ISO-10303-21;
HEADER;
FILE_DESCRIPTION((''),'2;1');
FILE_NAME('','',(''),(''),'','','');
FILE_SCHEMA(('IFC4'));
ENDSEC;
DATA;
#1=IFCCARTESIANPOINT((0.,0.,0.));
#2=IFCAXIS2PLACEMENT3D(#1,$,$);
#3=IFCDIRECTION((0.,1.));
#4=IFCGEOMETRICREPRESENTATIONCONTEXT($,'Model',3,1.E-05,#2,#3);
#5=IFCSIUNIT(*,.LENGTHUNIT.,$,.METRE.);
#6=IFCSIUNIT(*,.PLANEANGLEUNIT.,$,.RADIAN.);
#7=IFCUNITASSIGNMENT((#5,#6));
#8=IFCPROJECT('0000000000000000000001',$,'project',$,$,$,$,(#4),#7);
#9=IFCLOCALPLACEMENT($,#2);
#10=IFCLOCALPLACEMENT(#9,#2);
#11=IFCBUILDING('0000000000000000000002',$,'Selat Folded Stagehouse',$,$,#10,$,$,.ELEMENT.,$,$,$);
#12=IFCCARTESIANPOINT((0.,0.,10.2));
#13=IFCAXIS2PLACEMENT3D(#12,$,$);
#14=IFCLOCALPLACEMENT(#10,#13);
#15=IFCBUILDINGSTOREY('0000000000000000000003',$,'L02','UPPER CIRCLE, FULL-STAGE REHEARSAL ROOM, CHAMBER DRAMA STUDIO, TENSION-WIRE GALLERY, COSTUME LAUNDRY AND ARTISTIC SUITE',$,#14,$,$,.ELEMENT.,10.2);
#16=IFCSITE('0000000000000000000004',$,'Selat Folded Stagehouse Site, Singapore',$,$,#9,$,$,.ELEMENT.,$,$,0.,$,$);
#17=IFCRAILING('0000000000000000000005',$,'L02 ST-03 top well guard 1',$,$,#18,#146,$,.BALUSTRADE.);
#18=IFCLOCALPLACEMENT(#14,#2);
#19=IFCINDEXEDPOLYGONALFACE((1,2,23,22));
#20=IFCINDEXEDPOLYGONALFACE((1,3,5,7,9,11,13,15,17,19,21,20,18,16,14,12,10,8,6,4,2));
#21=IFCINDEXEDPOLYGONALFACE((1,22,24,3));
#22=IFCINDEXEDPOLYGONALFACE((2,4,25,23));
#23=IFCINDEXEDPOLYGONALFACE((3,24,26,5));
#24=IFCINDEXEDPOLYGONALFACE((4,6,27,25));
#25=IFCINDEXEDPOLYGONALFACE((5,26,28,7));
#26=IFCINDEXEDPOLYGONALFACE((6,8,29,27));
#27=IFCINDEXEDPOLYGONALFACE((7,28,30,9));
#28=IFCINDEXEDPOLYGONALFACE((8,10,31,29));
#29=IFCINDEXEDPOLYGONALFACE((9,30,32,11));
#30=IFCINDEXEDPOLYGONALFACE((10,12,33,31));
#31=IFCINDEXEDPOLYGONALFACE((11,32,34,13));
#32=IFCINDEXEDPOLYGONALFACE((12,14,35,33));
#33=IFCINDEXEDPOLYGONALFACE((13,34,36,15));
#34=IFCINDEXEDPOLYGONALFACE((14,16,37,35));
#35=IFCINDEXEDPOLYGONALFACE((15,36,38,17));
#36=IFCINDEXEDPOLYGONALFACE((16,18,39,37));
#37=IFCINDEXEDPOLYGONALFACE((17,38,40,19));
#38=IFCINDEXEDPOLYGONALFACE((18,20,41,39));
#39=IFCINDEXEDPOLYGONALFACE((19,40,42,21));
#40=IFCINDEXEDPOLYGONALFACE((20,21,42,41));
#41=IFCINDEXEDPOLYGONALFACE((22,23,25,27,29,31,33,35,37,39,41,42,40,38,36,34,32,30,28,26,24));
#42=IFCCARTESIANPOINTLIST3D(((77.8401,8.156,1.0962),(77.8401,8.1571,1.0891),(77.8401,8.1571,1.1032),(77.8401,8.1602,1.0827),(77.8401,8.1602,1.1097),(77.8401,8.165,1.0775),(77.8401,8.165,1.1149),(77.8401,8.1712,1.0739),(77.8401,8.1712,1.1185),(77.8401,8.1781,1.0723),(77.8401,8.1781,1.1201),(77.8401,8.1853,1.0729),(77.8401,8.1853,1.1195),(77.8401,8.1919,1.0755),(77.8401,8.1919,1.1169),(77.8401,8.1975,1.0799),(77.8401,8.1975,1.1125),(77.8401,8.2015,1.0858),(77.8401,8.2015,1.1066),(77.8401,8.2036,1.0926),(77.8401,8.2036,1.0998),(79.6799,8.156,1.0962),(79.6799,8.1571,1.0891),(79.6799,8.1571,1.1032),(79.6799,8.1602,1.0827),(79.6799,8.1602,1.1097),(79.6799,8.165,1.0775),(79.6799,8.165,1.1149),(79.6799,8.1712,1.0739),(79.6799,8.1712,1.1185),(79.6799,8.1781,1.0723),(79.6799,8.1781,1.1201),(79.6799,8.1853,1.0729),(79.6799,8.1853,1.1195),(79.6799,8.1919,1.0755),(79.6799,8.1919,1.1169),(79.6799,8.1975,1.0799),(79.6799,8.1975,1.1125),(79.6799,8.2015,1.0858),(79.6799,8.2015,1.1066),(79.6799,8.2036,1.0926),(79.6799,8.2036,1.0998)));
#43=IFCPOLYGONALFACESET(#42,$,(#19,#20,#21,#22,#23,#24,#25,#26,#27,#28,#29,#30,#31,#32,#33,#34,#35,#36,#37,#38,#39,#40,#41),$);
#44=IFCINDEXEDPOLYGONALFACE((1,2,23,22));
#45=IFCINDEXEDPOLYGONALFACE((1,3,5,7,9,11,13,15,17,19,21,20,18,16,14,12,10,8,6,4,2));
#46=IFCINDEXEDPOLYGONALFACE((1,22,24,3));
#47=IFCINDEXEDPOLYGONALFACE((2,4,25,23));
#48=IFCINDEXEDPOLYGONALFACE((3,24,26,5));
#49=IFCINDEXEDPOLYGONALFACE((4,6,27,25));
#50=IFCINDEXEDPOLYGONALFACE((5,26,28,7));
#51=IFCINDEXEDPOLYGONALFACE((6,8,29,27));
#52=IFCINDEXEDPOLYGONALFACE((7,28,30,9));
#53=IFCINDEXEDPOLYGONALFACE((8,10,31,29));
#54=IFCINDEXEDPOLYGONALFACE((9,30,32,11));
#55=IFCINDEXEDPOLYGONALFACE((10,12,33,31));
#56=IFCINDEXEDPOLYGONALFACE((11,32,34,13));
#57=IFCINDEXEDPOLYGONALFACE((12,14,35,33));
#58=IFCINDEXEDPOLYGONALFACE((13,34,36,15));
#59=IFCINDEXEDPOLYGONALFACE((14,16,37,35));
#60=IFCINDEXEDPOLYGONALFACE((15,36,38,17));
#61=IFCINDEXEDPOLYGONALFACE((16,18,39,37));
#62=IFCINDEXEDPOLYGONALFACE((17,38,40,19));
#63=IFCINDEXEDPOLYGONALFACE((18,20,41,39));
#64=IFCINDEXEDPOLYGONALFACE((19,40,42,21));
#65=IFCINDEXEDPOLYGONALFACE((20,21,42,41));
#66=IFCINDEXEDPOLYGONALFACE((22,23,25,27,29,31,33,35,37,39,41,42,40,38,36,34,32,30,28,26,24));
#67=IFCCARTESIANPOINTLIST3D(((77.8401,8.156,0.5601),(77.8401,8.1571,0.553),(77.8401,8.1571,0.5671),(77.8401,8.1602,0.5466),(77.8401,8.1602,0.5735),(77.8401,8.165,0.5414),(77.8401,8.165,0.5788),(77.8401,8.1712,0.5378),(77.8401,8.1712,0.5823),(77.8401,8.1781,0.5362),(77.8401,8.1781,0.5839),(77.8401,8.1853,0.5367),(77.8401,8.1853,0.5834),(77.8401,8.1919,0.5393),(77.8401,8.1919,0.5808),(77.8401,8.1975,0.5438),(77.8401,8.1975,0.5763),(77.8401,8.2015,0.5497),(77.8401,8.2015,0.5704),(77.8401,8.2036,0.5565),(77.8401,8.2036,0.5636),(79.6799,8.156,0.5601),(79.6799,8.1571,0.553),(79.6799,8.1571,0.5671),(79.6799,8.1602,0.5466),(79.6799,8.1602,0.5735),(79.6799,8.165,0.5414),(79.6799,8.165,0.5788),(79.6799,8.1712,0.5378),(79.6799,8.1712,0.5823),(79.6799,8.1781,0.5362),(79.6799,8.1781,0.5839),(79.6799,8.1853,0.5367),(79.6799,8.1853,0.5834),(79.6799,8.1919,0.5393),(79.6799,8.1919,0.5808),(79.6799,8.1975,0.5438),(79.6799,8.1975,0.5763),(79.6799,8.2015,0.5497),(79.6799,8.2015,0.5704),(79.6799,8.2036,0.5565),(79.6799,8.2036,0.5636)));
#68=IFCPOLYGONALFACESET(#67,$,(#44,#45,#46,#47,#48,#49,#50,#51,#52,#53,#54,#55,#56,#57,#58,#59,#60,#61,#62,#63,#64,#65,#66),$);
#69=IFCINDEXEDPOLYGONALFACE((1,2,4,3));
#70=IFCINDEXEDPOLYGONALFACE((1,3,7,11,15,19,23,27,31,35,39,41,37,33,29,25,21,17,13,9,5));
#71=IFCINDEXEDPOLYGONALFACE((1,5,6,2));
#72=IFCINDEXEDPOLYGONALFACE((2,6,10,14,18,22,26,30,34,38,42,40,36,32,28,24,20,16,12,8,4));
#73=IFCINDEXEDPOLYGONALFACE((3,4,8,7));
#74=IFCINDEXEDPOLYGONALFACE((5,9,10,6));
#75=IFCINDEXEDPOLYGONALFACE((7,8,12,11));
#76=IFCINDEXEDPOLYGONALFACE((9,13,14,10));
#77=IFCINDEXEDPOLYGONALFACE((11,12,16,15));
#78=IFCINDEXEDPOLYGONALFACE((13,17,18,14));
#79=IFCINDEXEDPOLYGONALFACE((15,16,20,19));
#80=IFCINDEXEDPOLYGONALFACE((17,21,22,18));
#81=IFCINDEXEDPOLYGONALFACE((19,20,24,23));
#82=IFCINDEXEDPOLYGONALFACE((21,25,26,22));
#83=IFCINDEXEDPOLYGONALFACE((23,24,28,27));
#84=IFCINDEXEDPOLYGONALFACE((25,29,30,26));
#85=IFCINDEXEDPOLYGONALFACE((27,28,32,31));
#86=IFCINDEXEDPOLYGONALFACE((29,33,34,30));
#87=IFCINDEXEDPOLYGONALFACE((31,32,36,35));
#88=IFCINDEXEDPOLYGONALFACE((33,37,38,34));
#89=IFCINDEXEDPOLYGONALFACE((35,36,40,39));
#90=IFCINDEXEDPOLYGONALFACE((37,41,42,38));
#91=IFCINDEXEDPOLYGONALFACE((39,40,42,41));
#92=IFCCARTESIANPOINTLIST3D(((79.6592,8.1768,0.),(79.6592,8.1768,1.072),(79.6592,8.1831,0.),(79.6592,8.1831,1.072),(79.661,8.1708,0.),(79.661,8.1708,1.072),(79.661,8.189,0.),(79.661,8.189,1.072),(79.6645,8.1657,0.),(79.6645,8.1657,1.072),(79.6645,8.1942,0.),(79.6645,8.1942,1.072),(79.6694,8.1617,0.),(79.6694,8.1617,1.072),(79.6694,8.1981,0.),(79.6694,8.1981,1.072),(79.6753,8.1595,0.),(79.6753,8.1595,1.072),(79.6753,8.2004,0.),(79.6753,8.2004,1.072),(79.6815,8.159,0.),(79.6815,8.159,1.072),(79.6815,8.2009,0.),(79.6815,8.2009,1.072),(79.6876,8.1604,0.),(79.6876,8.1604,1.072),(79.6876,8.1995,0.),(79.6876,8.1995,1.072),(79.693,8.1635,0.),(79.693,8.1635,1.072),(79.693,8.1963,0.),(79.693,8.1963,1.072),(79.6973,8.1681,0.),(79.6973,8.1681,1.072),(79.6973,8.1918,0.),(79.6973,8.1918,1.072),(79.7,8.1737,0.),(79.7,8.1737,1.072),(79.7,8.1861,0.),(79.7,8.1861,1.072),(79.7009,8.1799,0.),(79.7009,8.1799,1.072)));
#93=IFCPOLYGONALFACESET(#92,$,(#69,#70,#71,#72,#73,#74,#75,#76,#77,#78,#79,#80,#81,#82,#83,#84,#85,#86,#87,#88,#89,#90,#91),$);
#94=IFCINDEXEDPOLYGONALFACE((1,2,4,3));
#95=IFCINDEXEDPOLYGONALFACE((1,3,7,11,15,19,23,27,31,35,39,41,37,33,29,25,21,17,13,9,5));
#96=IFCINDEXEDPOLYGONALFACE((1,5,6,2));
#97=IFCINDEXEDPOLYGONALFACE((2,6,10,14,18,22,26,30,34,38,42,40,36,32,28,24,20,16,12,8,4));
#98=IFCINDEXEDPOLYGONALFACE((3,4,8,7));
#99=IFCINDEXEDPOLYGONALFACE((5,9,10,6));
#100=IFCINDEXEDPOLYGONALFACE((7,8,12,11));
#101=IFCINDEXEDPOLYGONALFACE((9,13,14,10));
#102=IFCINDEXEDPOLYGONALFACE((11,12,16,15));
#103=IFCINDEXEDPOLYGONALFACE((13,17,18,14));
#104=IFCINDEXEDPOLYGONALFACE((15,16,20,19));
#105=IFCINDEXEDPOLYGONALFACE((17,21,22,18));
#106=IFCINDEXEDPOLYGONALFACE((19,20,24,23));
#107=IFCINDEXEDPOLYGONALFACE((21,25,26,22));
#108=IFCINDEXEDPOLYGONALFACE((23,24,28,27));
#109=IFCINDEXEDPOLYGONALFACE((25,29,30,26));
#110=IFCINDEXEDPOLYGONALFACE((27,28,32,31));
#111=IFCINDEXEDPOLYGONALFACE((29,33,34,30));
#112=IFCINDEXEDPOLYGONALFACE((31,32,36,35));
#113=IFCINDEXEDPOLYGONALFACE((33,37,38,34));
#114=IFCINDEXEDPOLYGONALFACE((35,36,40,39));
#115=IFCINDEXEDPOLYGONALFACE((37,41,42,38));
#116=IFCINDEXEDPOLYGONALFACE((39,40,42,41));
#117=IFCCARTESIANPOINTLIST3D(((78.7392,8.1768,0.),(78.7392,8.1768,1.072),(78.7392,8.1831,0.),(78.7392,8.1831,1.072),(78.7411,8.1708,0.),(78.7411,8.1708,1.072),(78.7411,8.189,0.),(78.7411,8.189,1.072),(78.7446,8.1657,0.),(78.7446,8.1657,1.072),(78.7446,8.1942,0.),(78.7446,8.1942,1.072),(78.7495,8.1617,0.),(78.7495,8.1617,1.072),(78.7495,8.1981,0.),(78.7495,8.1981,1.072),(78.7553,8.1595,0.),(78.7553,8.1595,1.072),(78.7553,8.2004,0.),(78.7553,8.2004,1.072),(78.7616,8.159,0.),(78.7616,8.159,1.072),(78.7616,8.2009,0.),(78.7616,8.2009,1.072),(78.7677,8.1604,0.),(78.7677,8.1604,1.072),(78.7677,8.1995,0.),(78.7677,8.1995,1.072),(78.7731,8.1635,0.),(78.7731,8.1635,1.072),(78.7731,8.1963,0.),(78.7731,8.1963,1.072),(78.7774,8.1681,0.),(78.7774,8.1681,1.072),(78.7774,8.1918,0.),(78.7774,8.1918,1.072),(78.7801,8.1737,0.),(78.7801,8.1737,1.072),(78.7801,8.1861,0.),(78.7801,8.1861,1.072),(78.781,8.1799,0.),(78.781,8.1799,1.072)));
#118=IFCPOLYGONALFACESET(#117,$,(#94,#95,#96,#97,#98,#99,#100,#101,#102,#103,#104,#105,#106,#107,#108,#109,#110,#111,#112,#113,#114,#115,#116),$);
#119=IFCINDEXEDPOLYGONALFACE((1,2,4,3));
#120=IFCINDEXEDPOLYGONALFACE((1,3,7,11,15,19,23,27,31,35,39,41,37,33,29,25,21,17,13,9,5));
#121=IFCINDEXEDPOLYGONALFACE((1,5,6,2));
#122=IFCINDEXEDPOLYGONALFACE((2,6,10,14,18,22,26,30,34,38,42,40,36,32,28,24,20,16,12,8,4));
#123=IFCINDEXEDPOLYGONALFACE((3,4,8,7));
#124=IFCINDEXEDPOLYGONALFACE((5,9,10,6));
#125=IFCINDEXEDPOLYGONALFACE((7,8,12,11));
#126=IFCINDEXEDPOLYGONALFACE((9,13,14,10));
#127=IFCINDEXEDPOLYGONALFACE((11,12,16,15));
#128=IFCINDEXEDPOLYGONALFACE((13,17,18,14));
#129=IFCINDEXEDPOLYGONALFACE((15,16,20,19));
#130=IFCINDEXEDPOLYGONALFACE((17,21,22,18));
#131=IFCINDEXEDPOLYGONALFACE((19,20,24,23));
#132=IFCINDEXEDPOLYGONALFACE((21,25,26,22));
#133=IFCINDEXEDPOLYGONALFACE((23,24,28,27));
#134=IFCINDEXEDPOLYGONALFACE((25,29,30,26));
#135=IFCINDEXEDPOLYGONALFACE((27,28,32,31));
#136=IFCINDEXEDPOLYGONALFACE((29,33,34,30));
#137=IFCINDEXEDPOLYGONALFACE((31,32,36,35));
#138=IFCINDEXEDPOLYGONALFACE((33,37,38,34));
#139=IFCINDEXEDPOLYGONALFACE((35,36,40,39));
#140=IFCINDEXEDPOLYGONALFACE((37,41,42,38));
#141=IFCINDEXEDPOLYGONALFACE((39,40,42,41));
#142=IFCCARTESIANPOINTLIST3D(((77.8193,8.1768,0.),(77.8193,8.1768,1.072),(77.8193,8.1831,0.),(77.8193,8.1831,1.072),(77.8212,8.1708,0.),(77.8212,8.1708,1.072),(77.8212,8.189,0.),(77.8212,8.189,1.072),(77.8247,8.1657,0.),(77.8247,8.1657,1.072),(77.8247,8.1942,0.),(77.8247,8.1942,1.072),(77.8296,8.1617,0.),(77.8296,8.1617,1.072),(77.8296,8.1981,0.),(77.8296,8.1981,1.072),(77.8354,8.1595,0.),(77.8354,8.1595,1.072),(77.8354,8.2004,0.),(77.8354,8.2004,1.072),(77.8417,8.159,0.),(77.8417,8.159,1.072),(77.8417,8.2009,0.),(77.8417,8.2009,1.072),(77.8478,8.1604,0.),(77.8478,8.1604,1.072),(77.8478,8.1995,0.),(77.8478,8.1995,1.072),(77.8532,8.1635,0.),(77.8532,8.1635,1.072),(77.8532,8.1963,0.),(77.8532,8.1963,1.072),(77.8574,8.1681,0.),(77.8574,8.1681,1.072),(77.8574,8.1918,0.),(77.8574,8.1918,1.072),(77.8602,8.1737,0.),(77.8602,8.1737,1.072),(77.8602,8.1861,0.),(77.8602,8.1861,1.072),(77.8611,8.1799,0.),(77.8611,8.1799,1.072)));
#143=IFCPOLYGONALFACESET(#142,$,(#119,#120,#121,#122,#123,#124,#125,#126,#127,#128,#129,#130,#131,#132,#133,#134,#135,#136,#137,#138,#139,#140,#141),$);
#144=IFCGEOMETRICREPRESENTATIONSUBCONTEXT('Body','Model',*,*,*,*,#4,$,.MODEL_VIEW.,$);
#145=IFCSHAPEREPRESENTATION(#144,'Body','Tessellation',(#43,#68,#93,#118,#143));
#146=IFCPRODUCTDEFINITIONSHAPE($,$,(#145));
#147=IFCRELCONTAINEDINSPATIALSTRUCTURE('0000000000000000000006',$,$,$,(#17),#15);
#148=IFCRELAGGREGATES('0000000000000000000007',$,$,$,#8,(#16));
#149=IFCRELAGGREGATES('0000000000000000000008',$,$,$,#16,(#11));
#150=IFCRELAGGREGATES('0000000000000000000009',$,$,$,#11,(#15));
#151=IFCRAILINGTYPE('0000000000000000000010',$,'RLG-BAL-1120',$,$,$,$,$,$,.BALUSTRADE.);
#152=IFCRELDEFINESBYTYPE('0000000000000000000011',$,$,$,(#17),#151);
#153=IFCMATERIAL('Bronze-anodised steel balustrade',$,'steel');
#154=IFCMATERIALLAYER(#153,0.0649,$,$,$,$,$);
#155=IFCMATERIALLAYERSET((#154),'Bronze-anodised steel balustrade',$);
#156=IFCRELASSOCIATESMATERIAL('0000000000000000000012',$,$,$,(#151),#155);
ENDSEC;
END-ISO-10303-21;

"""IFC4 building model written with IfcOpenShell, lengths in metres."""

from ifc_helpers import new_model, si_unit, direction, frame, origin, origin_2d, place, context, subcontext, project, spatial, circle, extrude, material, layer, layer_set, type_object, element, save


model = new_model("IFC4")

# Units and contexts
model_context = context("Model", 3, precision=1e-05, world=origin(), true_north=direction((0.0, 1.0)))
body_context = subcontext(model_context, "Body", "Model", "MODEL_VIEW")
ifc_project = project(units=[si_unit("LENGTHUNIT", "METRE"), si_unit("PLANEANGLEUNIT", "RADIAN")], contexts=[model_context])

# Site, building, storey
site_placement = place(None, origin())
site = spatial("IfcSite", under=ifc_project, at=site_placement, Name="Selat Folded Stagehouse Site, Singapore", CompositionType="ELEMENT", RefElevation=0.0)
building_placement = place(site_placement, origin())
building = spatial("IfcBuilding", under=site, at=building_placement, Name="Selat Folded Stagehouse", CompositionType="ELEMENT")
storey_placement = place(building_placement, frame((0.0, 0.0, 10.2)))
storey = spatial("IfcBuildingStorey", under=building, at=storey_placement, Name="L02", Description="UPPER CIRCLE, FULL-STAGE REHEARSAL ROOM, CHAMBER DRAMA STUDIO, TENSION-WIRE GALLERY, COSTUME LAUNDRY AND ARTISTIC SUITE", CompositionType="ELEMENT", Elevation=10.2)

# Railing
ifc_material_1 = material(Name="Bronze-anodised steel balustrade", Category="steel")
ifc_layer_1 = layer(ifc_material_1, 0.0649)
ifc_layer_set_1 = layer_set([ifc_layer_1], Name="Bronze-anodised steel balustrade")
railing_type = type_object("IfcRailingType", Name="RLG-BAL-1120", PredefinedType="BALUSTRADE", material=ifc_layer_set_1)
railing_placement = place(storey_placement, frame((79.6799, 8.1799, 0.0)))
element("IfcRailing", 1, at=railing_placement, inside=storey, type_object=railing_type, Name="L02 ST-03 top well guard 1", PredefinedType="BALUSTRADE", context=body_context, shape_type="SweptSolid", body=[
    extrude(circle(Radius=0.0239, at=origin_2d()), frame((0.0, 0.0, 1.0962), z_axis=(-1.0, 0.0, 0.0), x_axis=(0.0, -1.0, 0.0)), (0.0, 0.0, 1.0), 1.8398),
    extrude(circle(Radius=0.0239, at=origin_2d()), frame((0.0, 0.0, 0.5601), z_axis=(-1.0, 0.0, 0.0), x_axis=(0.0, -1.0, 0.0)), (0.0, 0.0, 1.0), 1.8398),
    extrude(circle(Radius=0.021, at=origin_2d()), origin(), (0.0, 0.0, 1.0), 1.072),
    extrude(circle(Radius=0.021, at=origin_2d()), frame((-0.9199, 0.0, 0.0)), (0.0, 0.0, 1.0), 1.072),
    extrude(circle(Radius=0.021, at=origin_2d()), frame((-1.8398, 0.0, 0.0)), (0.0, 0.0, 1.0), 1.072),
])

save(model, "model.ifc")
